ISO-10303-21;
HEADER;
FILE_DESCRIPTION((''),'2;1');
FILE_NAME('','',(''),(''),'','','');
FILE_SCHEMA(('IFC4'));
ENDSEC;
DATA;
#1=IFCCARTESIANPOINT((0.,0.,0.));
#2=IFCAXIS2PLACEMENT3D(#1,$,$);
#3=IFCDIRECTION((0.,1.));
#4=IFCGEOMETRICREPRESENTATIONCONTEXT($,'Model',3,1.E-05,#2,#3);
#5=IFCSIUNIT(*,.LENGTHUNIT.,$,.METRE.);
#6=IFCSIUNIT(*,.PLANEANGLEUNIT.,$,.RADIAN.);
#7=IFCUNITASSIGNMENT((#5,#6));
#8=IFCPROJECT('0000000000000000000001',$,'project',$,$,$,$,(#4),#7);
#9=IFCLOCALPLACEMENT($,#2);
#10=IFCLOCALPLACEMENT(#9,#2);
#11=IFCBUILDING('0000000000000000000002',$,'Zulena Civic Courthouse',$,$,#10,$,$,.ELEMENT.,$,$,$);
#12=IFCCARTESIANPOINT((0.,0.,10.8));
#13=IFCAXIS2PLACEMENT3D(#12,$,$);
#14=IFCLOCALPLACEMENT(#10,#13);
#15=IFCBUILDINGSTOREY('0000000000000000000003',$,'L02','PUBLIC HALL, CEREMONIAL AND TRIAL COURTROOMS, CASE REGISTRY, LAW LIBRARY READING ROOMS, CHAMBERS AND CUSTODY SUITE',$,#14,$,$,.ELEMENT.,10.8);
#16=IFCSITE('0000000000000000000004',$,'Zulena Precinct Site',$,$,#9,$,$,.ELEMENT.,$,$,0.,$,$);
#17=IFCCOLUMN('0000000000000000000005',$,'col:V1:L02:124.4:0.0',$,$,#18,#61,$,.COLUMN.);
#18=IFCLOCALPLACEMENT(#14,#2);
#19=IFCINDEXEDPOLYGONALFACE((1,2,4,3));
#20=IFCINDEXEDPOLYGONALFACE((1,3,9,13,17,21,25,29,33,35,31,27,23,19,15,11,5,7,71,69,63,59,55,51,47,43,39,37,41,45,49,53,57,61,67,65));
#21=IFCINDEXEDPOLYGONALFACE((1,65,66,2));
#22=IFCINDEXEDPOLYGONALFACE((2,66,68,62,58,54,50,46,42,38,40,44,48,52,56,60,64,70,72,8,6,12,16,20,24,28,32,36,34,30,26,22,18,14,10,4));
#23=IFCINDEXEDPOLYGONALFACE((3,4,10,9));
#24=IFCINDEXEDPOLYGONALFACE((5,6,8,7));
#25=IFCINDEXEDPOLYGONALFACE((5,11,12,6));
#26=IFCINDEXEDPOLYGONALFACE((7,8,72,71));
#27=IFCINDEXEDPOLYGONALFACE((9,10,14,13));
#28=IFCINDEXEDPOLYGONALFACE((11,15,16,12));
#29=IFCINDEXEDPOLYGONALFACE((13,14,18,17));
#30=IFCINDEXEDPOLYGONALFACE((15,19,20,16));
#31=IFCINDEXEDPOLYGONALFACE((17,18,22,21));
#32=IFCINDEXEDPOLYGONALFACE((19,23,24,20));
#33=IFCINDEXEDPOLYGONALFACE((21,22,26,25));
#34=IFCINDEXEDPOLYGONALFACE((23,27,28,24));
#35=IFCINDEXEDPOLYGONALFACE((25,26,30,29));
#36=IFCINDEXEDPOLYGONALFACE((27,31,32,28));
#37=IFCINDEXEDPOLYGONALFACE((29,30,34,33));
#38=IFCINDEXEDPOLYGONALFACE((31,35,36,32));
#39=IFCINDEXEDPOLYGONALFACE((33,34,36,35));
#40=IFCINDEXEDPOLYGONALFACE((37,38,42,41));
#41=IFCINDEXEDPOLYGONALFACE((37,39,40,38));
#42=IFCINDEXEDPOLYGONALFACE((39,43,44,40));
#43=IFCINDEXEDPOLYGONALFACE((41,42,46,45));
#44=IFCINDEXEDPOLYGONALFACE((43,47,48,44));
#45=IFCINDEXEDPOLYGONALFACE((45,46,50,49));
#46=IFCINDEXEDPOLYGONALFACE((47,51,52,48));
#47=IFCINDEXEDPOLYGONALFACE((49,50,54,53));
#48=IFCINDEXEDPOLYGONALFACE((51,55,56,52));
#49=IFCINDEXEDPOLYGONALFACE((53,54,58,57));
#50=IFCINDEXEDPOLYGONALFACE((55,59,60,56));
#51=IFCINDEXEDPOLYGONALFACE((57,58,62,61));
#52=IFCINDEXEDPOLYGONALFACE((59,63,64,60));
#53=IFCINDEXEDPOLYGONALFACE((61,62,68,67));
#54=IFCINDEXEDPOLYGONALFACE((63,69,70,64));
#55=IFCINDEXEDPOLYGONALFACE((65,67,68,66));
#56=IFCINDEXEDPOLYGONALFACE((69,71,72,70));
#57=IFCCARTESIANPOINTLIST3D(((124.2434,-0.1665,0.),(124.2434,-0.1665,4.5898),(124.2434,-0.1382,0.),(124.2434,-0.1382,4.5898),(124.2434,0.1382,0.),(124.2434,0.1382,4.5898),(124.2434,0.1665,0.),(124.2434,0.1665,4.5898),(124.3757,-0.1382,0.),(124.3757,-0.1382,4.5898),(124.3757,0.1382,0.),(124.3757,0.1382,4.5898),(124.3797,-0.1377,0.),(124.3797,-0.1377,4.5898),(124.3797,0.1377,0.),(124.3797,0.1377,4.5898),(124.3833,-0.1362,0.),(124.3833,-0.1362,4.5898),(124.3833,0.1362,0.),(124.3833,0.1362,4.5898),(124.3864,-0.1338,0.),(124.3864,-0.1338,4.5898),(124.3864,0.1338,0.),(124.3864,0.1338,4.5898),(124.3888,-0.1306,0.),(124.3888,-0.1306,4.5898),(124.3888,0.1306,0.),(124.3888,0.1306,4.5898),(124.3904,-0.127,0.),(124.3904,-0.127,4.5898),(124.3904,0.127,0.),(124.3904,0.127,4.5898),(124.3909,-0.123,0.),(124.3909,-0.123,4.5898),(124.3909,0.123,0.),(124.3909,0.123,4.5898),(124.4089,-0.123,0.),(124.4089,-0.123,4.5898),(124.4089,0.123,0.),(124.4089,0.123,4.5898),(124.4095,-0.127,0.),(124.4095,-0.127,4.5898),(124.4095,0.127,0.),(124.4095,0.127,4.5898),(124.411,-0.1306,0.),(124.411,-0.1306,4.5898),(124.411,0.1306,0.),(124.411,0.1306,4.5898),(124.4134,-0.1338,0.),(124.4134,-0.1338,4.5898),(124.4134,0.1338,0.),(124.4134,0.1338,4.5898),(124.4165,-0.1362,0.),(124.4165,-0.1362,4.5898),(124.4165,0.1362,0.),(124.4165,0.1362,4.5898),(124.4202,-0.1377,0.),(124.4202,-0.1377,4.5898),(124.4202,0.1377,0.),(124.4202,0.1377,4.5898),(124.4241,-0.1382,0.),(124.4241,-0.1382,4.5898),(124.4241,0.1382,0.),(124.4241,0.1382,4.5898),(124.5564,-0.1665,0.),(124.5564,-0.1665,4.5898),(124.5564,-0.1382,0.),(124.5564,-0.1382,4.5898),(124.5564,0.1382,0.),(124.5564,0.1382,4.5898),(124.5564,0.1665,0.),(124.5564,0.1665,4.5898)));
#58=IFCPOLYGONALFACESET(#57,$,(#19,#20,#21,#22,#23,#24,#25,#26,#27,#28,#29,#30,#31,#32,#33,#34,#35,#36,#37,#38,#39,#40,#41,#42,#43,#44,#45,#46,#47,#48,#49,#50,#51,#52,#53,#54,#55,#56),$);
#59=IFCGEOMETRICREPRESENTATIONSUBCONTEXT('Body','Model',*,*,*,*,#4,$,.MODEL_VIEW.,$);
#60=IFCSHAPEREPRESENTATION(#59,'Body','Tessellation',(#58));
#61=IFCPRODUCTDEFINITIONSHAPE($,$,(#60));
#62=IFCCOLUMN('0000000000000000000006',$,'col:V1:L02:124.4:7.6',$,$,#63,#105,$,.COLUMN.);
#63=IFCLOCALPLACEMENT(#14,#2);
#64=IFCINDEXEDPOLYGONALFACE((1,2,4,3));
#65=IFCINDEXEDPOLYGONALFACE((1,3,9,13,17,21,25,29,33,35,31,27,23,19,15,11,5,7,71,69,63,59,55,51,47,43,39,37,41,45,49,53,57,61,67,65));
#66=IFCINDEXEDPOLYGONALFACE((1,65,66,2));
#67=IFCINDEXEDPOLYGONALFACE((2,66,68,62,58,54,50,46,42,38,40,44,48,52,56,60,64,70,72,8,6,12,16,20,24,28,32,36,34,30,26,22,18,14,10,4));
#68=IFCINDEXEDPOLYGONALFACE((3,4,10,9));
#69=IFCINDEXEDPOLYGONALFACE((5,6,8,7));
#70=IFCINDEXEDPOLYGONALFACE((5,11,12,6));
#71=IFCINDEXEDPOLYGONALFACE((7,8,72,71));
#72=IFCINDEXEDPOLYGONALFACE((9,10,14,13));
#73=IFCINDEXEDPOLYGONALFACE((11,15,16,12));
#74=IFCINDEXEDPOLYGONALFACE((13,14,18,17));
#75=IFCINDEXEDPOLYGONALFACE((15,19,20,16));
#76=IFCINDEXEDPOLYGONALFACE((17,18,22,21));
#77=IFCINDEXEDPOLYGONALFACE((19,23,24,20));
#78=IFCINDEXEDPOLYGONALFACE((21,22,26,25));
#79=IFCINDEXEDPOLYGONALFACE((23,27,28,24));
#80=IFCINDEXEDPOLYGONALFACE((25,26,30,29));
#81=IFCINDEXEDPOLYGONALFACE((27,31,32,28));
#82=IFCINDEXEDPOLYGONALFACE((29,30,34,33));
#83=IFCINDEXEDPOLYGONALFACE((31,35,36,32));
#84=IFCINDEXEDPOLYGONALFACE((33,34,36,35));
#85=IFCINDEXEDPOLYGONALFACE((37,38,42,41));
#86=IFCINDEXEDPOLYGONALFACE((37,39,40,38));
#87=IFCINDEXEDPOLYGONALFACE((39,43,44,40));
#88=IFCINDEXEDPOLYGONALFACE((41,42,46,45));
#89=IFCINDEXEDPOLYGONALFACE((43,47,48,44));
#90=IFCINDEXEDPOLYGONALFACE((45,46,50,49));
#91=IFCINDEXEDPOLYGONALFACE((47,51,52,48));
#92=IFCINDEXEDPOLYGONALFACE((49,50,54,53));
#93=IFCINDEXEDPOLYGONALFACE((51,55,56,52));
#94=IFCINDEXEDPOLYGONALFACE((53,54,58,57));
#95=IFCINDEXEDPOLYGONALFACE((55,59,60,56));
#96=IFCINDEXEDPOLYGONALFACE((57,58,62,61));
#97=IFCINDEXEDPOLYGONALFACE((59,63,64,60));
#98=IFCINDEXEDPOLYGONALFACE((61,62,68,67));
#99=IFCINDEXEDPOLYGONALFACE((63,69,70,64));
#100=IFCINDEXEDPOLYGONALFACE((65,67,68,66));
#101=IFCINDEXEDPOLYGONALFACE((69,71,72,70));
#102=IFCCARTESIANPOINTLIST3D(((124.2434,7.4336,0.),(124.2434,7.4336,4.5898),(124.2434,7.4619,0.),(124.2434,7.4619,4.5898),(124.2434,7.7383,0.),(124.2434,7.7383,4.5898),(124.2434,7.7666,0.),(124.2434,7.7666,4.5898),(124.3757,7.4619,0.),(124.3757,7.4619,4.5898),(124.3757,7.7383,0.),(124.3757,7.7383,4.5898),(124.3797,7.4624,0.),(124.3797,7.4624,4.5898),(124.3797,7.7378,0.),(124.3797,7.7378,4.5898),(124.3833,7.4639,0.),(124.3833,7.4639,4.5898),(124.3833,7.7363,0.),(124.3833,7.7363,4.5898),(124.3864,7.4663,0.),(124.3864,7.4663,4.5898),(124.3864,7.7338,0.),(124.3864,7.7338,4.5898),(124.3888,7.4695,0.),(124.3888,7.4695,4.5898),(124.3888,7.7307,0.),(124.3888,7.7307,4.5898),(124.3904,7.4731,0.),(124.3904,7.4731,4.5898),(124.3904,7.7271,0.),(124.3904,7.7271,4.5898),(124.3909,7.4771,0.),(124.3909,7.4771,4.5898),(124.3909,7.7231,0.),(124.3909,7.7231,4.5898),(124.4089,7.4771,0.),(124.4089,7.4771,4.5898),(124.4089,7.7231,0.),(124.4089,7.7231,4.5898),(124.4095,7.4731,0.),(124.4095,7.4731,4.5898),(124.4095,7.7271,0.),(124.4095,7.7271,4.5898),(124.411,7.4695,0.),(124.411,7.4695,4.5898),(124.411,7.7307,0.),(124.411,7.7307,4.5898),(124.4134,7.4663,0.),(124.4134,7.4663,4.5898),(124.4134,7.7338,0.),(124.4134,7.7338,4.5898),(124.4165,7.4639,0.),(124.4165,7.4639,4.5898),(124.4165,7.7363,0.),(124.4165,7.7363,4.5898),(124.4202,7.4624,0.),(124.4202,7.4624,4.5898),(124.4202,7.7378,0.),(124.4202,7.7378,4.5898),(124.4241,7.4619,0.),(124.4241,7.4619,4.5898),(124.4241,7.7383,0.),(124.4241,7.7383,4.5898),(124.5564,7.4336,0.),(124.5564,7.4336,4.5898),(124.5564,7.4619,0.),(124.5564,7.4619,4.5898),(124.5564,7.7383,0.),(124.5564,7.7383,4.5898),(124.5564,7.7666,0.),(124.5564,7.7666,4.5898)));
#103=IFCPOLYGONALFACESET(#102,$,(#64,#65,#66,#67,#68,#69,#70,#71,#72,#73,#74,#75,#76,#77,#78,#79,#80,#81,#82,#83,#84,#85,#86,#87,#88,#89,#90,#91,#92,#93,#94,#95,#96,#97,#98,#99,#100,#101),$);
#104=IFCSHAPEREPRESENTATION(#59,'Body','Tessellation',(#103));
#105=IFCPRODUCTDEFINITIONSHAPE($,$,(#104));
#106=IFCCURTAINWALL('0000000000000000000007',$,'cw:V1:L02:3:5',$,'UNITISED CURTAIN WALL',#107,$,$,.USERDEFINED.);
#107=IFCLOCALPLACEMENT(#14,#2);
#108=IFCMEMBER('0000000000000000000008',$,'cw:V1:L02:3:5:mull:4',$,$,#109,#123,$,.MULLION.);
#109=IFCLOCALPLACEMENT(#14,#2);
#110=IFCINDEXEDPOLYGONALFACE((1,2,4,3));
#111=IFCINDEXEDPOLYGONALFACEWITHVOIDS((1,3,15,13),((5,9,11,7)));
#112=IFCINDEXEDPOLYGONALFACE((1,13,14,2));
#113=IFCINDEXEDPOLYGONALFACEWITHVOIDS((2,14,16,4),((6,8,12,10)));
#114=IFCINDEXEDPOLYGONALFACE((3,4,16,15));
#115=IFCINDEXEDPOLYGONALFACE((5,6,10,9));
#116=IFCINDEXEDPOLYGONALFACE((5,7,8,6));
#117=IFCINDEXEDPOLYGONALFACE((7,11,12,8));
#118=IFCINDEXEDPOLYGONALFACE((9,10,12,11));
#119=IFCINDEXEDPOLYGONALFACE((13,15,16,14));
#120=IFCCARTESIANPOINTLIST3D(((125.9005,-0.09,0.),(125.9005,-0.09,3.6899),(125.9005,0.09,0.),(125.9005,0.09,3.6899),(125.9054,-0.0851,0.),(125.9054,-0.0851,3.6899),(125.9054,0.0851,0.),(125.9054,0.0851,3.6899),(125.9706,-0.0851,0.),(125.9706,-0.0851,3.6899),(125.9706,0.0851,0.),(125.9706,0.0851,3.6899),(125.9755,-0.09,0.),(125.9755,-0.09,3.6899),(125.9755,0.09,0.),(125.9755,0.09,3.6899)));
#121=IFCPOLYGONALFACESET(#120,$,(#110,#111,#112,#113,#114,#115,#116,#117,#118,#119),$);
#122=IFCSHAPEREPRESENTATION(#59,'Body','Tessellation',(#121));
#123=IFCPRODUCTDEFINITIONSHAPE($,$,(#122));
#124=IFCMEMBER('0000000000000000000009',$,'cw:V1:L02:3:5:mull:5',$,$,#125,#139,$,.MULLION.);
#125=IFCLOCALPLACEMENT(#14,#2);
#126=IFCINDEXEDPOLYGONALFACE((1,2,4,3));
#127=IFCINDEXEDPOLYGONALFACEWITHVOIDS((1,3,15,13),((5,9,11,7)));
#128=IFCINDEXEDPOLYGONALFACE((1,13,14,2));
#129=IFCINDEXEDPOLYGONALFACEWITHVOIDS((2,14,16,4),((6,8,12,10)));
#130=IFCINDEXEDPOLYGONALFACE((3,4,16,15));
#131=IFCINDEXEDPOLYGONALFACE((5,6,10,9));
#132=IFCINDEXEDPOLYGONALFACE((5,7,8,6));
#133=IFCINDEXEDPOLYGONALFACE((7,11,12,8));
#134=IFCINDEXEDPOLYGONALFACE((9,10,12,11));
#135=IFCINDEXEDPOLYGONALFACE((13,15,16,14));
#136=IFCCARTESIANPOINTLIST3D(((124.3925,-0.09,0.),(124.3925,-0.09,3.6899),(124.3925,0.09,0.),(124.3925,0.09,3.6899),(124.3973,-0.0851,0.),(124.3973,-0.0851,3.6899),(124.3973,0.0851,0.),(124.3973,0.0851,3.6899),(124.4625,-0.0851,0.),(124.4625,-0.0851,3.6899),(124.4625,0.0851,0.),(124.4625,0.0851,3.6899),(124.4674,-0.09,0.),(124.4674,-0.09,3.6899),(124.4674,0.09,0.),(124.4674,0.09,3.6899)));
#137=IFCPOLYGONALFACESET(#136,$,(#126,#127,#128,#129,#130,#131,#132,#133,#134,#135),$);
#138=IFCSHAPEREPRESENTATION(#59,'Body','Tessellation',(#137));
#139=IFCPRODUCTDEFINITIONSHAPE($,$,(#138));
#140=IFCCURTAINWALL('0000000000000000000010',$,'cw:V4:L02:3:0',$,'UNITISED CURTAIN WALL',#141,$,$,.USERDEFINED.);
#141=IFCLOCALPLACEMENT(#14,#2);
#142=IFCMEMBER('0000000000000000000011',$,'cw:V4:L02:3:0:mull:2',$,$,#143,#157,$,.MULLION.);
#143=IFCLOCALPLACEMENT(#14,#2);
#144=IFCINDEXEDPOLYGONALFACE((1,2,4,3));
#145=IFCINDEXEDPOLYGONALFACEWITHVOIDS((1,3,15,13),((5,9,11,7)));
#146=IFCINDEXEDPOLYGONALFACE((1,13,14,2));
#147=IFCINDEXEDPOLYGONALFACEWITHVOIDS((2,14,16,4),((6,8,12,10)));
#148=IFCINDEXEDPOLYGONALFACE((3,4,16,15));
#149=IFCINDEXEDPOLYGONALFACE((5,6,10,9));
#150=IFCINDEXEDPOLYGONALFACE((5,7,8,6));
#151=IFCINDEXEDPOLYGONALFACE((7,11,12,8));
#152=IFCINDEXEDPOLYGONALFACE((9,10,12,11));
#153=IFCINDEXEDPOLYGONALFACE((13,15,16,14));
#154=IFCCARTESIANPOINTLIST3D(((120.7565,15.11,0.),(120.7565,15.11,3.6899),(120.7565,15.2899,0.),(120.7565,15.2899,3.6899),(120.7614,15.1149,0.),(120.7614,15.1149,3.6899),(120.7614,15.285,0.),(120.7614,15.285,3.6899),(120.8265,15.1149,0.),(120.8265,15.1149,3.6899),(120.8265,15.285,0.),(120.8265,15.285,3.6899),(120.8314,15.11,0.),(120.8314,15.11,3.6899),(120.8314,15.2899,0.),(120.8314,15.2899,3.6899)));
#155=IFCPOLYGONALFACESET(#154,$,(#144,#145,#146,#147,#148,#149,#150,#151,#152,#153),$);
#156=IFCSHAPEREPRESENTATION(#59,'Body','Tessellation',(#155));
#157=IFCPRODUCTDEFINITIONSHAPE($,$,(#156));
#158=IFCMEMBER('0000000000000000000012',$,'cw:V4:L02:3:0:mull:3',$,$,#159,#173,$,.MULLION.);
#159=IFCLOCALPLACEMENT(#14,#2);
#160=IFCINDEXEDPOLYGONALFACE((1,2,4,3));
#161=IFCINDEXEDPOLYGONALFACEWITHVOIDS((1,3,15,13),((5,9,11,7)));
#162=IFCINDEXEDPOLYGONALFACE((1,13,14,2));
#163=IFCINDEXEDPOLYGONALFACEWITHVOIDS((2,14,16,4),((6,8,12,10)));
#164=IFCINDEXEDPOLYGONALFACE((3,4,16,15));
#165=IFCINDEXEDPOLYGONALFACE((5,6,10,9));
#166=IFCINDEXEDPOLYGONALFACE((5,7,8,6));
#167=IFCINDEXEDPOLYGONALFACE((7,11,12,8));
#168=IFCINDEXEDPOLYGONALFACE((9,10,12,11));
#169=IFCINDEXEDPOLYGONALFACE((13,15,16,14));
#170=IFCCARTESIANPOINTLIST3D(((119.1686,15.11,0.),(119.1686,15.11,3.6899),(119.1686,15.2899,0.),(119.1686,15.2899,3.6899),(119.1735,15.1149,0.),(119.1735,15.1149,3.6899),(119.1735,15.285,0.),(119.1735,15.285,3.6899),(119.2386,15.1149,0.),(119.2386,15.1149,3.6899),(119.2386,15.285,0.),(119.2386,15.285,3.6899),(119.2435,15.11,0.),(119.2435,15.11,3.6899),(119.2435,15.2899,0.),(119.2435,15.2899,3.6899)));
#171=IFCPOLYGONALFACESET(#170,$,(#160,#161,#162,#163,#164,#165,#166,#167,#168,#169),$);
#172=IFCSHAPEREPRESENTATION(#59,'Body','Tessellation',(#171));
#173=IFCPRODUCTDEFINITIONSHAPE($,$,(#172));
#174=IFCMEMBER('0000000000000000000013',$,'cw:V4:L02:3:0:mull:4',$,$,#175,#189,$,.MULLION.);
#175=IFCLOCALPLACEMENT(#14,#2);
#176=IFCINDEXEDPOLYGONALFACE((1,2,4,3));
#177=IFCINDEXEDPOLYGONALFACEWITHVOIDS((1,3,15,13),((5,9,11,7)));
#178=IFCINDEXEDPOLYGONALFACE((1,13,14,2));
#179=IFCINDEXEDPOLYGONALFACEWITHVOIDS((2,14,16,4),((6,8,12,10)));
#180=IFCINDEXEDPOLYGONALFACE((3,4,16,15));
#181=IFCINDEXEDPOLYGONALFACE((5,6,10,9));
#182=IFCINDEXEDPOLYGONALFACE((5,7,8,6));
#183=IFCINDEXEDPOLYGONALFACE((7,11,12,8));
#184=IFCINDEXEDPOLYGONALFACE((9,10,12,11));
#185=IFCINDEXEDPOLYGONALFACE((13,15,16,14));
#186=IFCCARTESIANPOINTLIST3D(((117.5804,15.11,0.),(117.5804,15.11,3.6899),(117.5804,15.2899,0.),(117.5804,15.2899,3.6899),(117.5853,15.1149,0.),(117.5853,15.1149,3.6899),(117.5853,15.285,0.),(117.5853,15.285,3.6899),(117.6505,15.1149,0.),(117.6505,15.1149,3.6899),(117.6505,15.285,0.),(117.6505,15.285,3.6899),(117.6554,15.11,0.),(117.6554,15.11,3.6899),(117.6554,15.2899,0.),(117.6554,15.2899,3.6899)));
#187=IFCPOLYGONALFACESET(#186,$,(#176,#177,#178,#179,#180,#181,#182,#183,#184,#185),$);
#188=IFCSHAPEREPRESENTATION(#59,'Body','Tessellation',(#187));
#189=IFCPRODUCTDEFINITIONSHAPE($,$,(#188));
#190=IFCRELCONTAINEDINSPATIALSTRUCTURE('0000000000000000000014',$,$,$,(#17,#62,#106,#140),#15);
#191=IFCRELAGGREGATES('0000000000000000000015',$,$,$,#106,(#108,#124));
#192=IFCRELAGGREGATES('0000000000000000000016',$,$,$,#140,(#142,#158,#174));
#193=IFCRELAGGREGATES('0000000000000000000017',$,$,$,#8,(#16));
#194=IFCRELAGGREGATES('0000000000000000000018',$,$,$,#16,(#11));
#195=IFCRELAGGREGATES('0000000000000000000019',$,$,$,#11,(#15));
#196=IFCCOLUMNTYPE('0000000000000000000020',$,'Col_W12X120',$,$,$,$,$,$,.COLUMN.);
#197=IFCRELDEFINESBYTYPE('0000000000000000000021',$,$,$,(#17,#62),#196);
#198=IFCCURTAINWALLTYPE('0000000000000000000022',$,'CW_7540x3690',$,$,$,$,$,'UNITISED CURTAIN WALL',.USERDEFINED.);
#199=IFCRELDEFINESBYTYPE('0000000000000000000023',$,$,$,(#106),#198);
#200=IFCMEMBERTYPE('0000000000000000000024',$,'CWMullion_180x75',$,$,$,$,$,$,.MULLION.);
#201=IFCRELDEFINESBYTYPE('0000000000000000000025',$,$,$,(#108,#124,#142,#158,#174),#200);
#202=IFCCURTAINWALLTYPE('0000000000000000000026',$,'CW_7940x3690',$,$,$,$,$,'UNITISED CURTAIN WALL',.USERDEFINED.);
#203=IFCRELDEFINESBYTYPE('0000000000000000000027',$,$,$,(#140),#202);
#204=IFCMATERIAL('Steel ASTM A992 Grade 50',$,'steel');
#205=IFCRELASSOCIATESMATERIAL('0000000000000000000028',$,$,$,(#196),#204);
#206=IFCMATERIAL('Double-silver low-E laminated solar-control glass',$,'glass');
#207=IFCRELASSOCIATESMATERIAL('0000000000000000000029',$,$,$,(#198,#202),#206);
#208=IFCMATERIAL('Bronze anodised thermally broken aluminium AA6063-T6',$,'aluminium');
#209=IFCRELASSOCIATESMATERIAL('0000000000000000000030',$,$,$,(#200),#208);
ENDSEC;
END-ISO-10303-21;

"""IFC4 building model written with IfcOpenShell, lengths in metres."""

from ifc_helpers import new_model, si_unit, direction, frame, origin, origin_2d, place, context, subcontext, project, spatial, hollow_rectangle, i_section, extrude, material, material_profile, profile_set, type_object, element, aggregate, save


model = new_model("IFC4")

# Units and contexts
model_context = context("Model", 3, precision=1e-05, world=origin(), true_north=direction((0.0, 1.0)))
body_context = subcontext(model_context, "Body", "Model", "MODEL_VIEW")
ifc_project = project(units=[si_unit("LENGTHUNIT", "METRE"), si_unit("PLANEANGLEUNIT", "RADIAN")], contexts=[model_context])

# Site, building, storey
site_placement = place(None, origin())
site = spatial("IfcSite", under=ifc_project, at=site_placement, Name="Zulena Precinct Site", CompositionType="ELEMENT", RefElevation=0.0)
building_placement = place(site_placement, origin())
building = spatial("IfcBuilding", under=site, at=building_placement, Name="Zulena Civic Courthouse", CompositionType="ELEMENT")
storey_placement = place(building_placement, frame((0.0, 0.0, 10.8)))
storey = spatial("IfcBuildingStorey", under=building, at=storey_placement, Name="L02", Description="PUBLIC HALL, CEREMONIAL AND TRIAL COURTROOMS, CASE REGISTRY, LAW LIBRARY READING ROOMS, CHAMBERS AND CUSTODY SUITE", CompositionType="ELEMENT", Elevation=10.8)

# Columns
ifc_material_1 = material(Name="Steel ASTM A992 Grade 50", Category="steel")
ifc_material_profile_1 = material_profile(ifc_material_1, i_section(OverallWidth=0.313, OverallDepth=0.333, WebThickness=0.0181, FlangeThickness=0.0283, FilletRadius=0.0151, at=origin_2d()), Name="W12X120")
ifc_profile_set_1 = profile_set([ifc_material_profile_1], Name="Steel ASTM A992 Grade 50")
column_type = type_object("IfcColumnType", Name="Col_W12X120", PredefinedType="COLUMN", material=ifc_profile_set_1)
for number, where, z_axis, x_axis, name in (
    (1, (124.3999, 0.0, 0.0), (0.0, 0.0, 1.0), (1.0, 0.0, 0.0), "col:V1:L02:124.4:0.0"),
    (2, (124.3999, 7.6001, 0.0), (0.0, 0.0, 1.0), (1.0, 0.0, 0.0), "col:V1:L02:124.4:7.6"),
):
    element("IfcColumn", number, at=place(storey_placement, frame(where, z_axis=z_axis, x_axis=x_axis)), inside=storey, type_object=column_type, Name=name, PredefinedType="COLUMN", context=body_context, shape_type="SweptSolid", body=[
        extrude(i_section(OverallWidth=0.313, OverallDepth=0.333, WebThickness=0.0181, FlangeThickness=0.0283, FilletRadius=0.0151, at=origin_2d()), origin(), (0.0, 0.0, 1.0), 4.5898),
    ])

# Curtain walls, members
ifc_material_2 = material(Name="Double-silver low-E laminated solar-control glass", Category="glass")
curtain_wall_type_1 = type_object("IfcCurtainWallType", Name="CW_7540x3690", ElementType="UNITISED CURTAIN WALL", PredefinedType="USERDEFINED", material=ifc_material_2)
curtain_wall_1_placement = place(storey_placement, origin())
curtain_wall_1 = element("IfcCurtainWall", 3, at=curtain_wall_1_placement, inside=storey, type_object=curtain_wall_type_1, Name="cw:V1:L02:3:5", ObjectType="UNITISED CURTAIN WALL", PredefinedType="USERDEFINED")
ifc_material_3 = material(Name="Bronze anodised thermally broken aluminium AA6063-T6", Category="aluminium")
ifc_material_profile_2 = material_profile(ifc_material_3, hollow_rectangle(XDim=0.075, YDim=0.1799, WallThickness=0.0049, at=origin_2d()), Name="CWM180X75X5")
ifc_profile_set_2 = profile_set([ifc_material_profile_2], Name="Bronze anodised thermally broken aluminium AA6063-T6")
member_type = type_object("IfcMemberType", Name="CWMullion_180x75", PredefinedType="MULLION", material=ifc_profile_set_2)
member_1_placement = place(storey_placement, frame((125.938, 0.0, 0.0), z_axis=(0.0, 0.0, 1.0), x_axis=(1.0, 0.0, 0.0)))
member_1 = element("IfcMember", 4, at=member_1_placement, type_object=member_type, Name="cw:V1:L02:3:5:mull:4", PredefinedType="MULLION", context=body_context, shape_type="SweptSolid", body=[
    extrude(hollow_rectangle(XDim=0.075, YDim=0.1799, WallThickness=0.0049, at=origin_2d()), origin(), (0.0, 0.0, 1.0), 3.6899),
])
member_2_placement = place(storey_placement, frame((124.4299, 0.0, 0.0), z_axis=(0.0, 0.0, 1.0), x_axis=(1.0, 0.0, 0.0)))
member_2 = element("IfcMember", 5, at=member_2_placement, type_object=member_type, Name="cw:V1:L02:3:5:mull:5", PredefinedType="MULLION", context=body_context, shape_type="SweptSolid", body=[
    extrude(hollow_rectangle(XDim=0.075, YDim=0.1799, WallThickness=0.0049, at=origin_2d()), origin(), (0.0, 0.0, 1.0), 3.6899),
])
curtain_wall_type_2 = type_object("IfcCurtainWallType", Name="CW_7940x3690", ElementType="UNITISED CURTAIN WALL", PredefinedType="USERDEFINED", material=ifc_material_2)
curtain_wall_2_placement = place(storey_placement, origin())
curtain_wall_2 = element("IfcCurtainWall", 6, at=curtain_wall_2_placement, inside=storey, type_object=curtain_wall_type_2, Name="cw:V4:L02:3:0", ObjectType="UNITISED CURTAIN WALL", PredefinedType="USERDEFINED")
member_3_placement = place(storey_placement, frame((120.7939, 15.2, 0.0), z_axis=(0.0, 0.0, 1.0), x_axis=(1.0, 0.0, 0.0)))
member_3 = element("IfcMember", 7, at=member_3_placement, type_object=member_type, Name="cw:V4:L02:3:0:mull:2", PredefinedType="MULLION", context=body_context, shape_type="SweptSolid", body=[
    extrude(hollow_rectangle(XDim=0.075, YDim=0.1799, WallThickness=0.0049, at=origin_2d()), origin(), (0.0, 0.0, 1.0), 3.6899),
])
member_4_placement = place(storey_placement, frame((119.2061, 15.2, 0.0), z_axis=(0.0, 0.0, 1.0), x_axis=(1.0, 0.0, 0.0)))
member_4 = element("IfcMember", 8, at=member_4_placement, type_object=member_type, Name="cw:V4:L02:3:0:mull:3", PredefinedType="MULLION", context=body_context, shape_type="SweptSolid", body=[
    extrude(hollow_rectangle(XDim=0.075, YDim=0.1799, WallThickness=0.0049, at=origin_2d()), origin(), (0.0, 0.0, 1.0), 3.6899),
])
member_5_placement = place(storey_placement, frame((117.6179, 15.2, 0.0), z_axis=(0.0, 0.0, 1.0), x_axis=(1.0, 0.0, 0.0)))
member_5 = element("IfcMember", 9, at=member_5_placement, type_object=member_type, Name="cw:V4:L02:3:0:mull:4", PredefinedType="MULLION", context=body_context, shape_type="SweptSolid", body=[
    extrude(hollow_rectangle(XDim=0.075, YDim=0.1799, WallThickness=0.0049, at=origin_2d()), origin(), (0.0, 0.0, 1.0), 3.6899),
])

aggregate(curtain_wall_1, [member_1, member_2])
aggregate(curtain_wall_2, [member_3, member_4, member_5])

save(model, "model.ifc")
